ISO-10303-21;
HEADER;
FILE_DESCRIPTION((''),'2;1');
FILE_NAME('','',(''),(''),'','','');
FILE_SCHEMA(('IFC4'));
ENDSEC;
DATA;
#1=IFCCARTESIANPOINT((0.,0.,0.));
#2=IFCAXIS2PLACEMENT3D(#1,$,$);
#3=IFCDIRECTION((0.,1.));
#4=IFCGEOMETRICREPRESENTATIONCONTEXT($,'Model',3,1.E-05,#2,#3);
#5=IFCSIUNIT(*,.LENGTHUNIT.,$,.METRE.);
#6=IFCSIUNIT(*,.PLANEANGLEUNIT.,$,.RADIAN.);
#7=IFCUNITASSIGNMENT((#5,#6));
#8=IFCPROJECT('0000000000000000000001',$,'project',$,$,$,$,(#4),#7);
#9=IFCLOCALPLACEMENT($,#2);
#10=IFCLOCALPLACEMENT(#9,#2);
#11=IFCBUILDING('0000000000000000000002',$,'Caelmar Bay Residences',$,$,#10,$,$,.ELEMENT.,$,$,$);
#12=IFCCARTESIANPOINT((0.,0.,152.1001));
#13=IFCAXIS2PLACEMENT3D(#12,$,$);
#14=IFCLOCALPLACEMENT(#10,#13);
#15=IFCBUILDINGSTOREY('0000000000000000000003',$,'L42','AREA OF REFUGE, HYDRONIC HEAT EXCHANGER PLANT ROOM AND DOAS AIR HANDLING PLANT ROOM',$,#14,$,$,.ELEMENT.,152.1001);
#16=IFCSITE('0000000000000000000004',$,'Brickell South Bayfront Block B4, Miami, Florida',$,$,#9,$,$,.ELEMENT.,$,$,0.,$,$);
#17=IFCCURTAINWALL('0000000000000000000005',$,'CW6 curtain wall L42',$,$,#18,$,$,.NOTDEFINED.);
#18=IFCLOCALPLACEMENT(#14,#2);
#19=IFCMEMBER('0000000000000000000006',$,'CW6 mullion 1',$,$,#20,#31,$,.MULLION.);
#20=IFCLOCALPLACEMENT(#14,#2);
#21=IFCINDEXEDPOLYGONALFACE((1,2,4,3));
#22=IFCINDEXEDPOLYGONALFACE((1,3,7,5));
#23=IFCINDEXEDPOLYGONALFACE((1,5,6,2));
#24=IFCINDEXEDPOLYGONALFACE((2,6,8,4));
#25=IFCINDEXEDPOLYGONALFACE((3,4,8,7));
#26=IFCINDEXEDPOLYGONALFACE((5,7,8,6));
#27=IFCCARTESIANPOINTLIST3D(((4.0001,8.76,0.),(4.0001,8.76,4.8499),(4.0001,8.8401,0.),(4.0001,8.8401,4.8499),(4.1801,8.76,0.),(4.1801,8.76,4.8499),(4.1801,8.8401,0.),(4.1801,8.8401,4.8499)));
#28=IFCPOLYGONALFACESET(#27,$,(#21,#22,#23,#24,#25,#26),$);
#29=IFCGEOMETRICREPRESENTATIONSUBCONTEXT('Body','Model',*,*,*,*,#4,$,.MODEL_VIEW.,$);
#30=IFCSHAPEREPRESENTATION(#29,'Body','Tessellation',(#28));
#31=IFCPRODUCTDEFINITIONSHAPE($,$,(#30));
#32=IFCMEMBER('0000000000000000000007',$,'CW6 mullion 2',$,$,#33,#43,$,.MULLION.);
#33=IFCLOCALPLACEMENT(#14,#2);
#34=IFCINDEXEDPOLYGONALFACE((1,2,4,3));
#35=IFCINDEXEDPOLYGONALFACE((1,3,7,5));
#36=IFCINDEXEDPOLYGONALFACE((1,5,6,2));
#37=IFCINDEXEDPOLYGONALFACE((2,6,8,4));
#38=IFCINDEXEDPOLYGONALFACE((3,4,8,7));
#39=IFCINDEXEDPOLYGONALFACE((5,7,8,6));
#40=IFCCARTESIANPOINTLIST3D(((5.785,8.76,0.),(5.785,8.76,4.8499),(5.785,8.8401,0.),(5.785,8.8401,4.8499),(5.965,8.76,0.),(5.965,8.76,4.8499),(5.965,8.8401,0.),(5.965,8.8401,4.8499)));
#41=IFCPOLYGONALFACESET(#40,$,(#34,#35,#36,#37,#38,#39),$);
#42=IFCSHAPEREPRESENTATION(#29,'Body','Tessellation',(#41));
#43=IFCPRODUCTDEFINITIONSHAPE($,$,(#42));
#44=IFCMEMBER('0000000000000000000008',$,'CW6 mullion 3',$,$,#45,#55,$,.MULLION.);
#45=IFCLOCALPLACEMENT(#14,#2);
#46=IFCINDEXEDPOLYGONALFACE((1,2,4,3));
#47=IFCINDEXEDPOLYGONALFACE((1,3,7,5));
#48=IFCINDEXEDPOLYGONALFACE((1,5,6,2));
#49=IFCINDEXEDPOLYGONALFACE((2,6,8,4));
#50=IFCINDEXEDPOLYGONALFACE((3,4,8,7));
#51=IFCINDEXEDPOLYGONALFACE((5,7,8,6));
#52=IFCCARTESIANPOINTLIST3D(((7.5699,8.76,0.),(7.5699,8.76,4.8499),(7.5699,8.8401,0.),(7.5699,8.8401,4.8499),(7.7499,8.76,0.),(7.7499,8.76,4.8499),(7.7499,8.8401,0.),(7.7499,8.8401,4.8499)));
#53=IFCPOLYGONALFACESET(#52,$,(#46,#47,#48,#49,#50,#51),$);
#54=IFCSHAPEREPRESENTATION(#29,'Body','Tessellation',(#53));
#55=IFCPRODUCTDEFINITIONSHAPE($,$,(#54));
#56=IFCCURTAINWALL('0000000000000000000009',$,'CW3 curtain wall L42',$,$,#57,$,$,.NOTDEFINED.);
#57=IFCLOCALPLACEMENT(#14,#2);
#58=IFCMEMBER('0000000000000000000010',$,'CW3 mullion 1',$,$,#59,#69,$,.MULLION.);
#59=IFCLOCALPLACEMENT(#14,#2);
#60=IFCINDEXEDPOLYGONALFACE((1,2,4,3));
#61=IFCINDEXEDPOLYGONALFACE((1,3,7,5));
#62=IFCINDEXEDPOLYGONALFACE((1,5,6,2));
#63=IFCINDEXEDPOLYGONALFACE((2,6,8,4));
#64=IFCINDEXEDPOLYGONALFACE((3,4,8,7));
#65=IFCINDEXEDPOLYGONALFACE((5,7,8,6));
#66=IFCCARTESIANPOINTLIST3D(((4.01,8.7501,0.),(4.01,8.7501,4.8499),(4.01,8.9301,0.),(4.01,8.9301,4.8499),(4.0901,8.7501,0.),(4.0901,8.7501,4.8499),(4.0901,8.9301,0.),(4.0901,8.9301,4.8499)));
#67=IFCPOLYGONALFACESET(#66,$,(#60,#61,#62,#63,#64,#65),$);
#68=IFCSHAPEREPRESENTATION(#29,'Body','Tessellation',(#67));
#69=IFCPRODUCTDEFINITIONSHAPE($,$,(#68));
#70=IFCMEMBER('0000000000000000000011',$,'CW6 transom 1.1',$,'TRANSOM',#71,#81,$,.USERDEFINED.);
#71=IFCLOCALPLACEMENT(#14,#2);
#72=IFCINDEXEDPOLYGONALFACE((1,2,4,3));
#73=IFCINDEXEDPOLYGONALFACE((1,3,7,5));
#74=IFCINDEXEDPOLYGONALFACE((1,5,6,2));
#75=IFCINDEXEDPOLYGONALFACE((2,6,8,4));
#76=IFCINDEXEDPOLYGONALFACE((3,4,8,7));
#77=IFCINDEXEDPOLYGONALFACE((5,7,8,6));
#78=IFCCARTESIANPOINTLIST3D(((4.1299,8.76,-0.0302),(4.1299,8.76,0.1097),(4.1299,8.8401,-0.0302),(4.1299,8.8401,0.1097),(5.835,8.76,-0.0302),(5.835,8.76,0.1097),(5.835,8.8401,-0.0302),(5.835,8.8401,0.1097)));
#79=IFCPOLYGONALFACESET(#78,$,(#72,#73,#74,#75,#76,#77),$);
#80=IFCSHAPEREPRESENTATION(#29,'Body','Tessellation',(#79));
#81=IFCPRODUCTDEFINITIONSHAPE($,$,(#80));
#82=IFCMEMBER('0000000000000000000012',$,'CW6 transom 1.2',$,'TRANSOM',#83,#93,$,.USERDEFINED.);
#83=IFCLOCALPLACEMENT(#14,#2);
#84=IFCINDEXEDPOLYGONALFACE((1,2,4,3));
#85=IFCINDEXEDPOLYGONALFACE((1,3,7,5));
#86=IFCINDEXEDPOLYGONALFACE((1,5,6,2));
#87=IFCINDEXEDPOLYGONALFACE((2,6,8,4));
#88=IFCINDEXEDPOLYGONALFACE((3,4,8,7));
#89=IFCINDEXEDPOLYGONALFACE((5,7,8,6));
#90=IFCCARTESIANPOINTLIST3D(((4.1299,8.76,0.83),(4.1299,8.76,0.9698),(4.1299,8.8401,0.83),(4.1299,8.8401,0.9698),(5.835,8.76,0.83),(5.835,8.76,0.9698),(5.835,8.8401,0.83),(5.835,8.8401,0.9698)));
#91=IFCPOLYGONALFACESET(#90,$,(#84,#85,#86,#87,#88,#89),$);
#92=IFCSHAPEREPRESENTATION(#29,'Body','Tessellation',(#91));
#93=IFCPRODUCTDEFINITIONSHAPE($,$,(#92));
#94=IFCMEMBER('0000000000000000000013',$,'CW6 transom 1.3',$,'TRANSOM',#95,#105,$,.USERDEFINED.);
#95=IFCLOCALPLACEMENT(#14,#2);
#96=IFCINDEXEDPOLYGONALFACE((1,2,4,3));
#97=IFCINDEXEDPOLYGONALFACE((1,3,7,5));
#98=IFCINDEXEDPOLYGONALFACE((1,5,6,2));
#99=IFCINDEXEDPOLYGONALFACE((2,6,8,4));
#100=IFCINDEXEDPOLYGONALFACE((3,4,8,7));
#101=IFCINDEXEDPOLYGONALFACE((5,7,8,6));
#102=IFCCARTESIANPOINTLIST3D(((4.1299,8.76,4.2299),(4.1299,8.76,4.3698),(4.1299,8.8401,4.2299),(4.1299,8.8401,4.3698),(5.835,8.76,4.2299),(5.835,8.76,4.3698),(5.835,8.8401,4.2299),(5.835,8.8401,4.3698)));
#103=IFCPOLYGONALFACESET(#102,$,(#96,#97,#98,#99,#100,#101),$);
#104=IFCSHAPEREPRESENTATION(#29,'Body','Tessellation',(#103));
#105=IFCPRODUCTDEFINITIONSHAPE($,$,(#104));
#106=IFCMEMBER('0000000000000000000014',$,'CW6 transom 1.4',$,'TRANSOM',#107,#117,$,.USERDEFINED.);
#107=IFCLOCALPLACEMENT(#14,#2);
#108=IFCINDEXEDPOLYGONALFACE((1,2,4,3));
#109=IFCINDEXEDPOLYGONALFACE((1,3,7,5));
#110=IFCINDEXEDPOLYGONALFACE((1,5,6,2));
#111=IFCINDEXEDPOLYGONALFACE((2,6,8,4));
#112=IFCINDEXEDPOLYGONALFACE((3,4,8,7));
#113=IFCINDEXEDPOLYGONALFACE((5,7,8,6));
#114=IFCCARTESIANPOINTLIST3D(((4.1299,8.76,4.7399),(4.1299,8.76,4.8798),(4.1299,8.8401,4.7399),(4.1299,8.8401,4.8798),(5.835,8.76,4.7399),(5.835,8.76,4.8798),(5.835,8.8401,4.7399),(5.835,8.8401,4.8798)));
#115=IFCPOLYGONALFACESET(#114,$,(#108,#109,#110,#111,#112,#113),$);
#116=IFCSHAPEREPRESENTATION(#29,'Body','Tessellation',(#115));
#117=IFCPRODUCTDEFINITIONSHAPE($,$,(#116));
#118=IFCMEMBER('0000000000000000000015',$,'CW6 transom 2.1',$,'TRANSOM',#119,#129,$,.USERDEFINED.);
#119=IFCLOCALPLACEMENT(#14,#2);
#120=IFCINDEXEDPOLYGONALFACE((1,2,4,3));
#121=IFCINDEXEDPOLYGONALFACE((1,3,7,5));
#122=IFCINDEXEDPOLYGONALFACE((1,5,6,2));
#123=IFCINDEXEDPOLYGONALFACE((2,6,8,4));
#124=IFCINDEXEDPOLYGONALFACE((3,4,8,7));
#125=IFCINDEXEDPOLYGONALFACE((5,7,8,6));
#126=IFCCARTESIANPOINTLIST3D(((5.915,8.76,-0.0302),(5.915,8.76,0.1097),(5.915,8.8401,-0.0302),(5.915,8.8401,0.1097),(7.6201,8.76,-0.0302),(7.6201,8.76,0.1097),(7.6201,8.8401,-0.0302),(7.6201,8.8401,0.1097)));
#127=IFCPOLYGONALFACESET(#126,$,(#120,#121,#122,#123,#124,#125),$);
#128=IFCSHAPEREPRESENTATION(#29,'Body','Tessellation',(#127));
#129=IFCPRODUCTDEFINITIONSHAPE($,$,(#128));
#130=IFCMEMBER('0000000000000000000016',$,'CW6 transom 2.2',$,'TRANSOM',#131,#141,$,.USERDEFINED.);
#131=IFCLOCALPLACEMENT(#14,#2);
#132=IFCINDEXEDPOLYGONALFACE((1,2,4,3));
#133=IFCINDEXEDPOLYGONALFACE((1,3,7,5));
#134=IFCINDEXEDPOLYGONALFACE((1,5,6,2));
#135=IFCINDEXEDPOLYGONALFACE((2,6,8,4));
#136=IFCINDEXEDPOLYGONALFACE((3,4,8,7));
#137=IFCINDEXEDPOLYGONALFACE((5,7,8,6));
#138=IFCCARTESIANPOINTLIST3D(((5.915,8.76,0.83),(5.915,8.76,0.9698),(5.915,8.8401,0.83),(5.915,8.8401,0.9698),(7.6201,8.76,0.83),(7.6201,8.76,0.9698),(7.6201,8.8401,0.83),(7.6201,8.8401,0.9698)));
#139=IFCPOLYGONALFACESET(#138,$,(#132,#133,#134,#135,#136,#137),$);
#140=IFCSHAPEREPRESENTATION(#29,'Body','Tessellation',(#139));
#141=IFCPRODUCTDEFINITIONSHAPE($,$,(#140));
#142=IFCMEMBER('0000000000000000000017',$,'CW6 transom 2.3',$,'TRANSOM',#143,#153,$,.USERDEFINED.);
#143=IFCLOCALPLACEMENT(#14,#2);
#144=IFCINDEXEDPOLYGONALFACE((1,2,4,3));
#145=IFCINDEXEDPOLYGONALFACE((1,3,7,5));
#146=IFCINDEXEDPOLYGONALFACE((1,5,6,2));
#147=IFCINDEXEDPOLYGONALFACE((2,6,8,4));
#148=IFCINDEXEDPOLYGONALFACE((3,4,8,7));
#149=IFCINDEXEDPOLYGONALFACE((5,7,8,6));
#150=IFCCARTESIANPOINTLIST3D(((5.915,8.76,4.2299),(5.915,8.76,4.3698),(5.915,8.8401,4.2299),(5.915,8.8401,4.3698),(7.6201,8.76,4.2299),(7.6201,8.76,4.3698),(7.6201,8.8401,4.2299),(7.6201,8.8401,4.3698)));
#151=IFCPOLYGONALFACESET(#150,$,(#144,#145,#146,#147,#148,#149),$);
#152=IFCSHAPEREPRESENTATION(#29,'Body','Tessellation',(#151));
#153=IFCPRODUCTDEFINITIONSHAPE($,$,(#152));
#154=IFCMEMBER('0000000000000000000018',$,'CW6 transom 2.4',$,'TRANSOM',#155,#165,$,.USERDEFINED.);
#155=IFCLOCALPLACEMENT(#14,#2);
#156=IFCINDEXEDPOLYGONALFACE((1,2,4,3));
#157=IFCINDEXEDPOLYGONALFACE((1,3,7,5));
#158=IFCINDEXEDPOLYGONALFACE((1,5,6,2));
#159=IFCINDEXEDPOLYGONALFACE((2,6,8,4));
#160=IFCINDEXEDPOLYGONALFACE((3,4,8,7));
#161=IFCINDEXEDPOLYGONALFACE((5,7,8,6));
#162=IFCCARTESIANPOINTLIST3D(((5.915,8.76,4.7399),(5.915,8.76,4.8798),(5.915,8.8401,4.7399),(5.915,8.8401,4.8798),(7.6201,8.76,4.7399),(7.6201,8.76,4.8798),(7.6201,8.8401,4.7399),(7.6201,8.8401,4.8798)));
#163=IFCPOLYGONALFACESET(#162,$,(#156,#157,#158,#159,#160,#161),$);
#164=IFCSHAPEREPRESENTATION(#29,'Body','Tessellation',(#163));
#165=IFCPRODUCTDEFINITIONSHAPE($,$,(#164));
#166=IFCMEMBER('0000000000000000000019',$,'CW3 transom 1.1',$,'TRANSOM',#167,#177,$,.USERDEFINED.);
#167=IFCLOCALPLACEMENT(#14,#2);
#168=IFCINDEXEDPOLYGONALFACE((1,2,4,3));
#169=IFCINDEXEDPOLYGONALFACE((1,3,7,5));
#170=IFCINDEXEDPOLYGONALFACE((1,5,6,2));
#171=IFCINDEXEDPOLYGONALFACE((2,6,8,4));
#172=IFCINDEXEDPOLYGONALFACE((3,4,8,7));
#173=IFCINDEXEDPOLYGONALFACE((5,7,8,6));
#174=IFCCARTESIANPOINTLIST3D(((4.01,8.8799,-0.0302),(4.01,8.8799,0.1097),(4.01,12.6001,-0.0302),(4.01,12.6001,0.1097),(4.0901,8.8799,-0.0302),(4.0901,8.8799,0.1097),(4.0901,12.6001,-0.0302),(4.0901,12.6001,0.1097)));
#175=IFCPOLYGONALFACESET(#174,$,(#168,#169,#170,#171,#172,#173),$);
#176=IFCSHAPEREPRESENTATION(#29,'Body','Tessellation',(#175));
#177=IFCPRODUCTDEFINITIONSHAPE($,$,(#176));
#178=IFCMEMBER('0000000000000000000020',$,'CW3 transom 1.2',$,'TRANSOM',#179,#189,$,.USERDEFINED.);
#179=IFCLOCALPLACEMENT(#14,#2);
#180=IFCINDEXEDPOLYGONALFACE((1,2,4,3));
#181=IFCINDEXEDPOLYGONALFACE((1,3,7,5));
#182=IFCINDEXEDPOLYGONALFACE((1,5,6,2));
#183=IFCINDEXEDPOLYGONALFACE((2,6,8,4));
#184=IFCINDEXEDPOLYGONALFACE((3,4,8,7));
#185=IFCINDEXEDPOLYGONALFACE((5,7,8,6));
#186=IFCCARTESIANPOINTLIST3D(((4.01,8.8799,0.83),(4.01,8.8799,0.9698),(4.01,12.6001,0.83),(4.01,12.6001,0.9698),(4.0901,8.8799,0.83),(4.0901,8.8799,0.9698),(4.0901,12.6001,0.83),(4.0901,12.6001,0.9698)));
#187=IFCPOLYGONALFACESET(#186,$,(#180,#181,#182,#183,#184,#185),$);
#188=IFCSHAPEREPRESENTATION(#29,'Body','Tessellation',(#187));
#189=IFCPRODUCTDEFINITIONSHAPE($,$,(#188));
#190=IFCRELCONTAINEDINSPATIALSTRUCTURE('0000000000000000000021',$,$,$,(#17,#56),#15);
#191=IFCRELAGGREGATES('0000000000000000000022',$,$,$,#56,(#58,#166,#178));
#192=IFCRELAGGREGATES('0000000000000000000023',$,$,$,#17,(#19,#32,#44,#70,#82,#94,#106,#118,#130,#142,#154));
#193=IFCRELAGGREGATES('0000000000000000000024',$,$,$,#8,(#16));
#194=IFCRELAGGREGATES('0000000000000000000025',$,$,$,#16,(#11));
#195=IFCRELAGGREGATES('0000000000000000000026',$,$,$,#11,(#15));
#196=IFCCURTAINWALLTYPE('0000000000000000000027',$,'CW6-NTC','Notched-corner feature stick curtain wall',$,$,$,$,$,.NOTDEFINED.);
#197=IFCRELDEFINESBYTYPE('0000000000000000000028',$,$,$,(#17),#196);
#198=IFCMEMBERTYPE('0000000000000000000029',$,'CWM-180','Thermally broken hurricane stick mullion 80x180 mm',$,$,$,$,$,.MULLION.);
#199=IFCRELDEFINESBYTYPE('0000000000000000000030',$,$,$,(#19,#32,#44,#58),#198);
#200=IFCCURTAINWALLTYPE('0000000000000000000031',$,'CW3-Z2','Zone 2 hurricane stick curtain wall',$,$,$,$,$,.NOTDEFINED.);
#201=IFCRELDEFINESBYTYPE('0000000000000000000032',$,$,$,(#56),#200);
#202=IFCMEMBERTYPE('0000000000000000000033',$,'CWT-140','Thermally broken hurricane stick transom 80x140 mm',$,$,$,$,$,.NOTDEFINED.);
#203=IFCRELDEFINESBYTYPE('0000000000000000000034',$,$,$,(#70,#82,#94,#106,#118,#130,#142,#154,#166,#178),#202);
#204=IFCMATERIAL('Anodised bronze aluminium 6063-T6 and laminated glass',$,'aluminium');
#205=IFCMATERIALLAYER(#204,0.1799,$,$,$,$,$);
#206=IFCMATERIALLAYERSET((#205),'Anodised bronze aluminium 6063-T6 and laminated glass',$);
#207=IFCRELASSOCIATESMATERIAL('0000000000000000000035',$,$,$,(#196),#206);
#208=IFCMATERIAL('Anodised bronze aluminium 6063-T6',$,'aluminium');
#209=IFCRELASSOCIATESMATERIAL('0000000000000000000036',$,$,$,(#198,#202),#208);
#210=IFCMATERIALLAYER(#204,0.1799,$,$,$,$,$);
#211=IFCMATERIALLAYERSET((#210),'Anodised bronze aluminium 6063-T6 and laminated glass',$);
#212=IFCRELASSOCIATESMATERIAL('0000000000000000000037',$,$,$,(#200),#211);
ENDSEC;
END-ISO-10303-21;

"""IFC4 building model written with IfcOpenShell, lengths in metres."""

from ifc_helpers import new_model, si_unit, direction, frame, origin, origin_2d, place, context, subcontext, project, spatial, rectangle, extrude, material, layer, layer_set, material_profile, profile_set, type_object, element, aggregate, save


model = new_model("IFC4")

# Units and contexts
model_context = context("Model", 3, precision=1e-05, world=origin(), true_north=direction((0.0, 1.0)))
body_context = subcontext(model_context, "Body", "Model", "MODEL_VIEW")
ifc_project = project(units=[si_unit("LENGTHUNIT", "METRE"), si_unit("PLANEANGLEUNIT", "RADIAN")], contexts=[model_context])

# Site, building, storey
site_placement = place(None, origin())
site = spatial("IfcSite", under=ifc_project, at=site_placement, Name="Brickell South Bayfront Block B4, Miami, Florida", CompositionType="ELEMENT", RefElevation=0.0)
building_placement = place(site_placement, origin())
building = spatial("IfcBuilding", under=site, at=building_placement, Name="Caelmar Bay Residences", CompositionType="ELEMENT")
storey_placement = place(building_placement, frame((0.0, 0.0, 152.1001)))
storey = spatial("IfcBuildingStorey", under=building, at=storey_placement, Name="L42", Description="AREA OF REFUGE, HYDRONIC HEAT EXCHANGER PLANT ROOM AND DOAS AIR HANDLING PLANT ROOM", CompositionType="ELEMENT", Elevation=152.1001)

# Curtain wall, members
ifc_material_1 = material(Name="Anodised bronze aluminium 6063-T6 and laminated glass", Category="aluminium")
ifc_layer_1 = layer(ifc_material_1, 0.1799)
ifc_layer_set_1 = layer_set([ifc_layer_1], Name="Anodised bronze aluminium 6063-T6 and laminated glass")
curtain_wall_type_1 = type_object("IfcCurtainWallType", Name="CW6-NTC", Description="Notched-corner feature stick curtain wall", PredefinedType="NOTDEFINED", material=ifc_layer_set_1)
curtain_wall_1_placement = place(storey_placement, origin())
curtain_wall_1 = element("IfcCurtainWall", 1, at=curtain_wall_1_placement, inside=storey, type_object=curtain_wall_type_1, Name="CW6 curtain wall L42", PredefinedType="NOTDEFINED")
ifc_material_2 = material(Name="Anodised bronze aluminium 6063-T6", Category="aluminium")
ifc_material_profile_1 = material_profile(ifc_material_2, rectangle(XDim=0.0801, YDim=0.1799, at=origin_2d()), Name="CWM-80X180")
ifc_profile_set_1 = profile_set([ifc_material_profile_1], Name="Anodised bronze aluminium 6063-T6")
member_type_1 = type_object("IfcMemberType", Name="CWM-180", Description="Thermally broken hurricane stick mullion 80x180 mm", PredefinedType="MULLION", material=ifc_profile_set_1)
member_1_placement = place(storey_placement, frame((4.0901, 8.8, 0.0), z_axis=(0.0, 0.0, 1.0), x_axis=(0.0, 1.0, 0.0)))
member_1 = element("IfcMember", 2, at=member_1_placement, type_object=member_type_1, Name="CW6 mullion 1", PredefinedType="MULLION", context=body_context, shape_type="SweptSolid", body=[
    extrude(rectangle(XDim=0.0801, YDim=0.1799, at=origin_2d()), origin(), (0.0, 0.0, 1.0), 4.8499),
])
member_2_placement = place(storey_placement, frame((5.875, 8.8, 0.0), z_axis=(0.0, 0.0, 1.0), x_axis=(0.0, 1.0, 0.0)))
member_2 = element("IfcMember", 3, at=member_2_placement, type_object=member_type_1, Name="CW6 mullion 2", PredefinedType="MULLION", context=body_context, shape_type="SweptSolid", body=[
    extrude(rectangle(XDim=0.0801, YDim=0.1799, at=origin_2d()), origin(), (0.0, 0.0, 1.0), 4.8499),
])
member_3_placement = place(storey_placement, frame((7.6599, 8.8, 0.0), z_axis=(0.0, 0.0, 1.0), x_axis=(0.0, 1.0, 0.0)))
member_3 = element("IfcMember", 4, at=member_3_placement, type_object=member_type_1, Name="CW6 mullion 3", PredefinedType="MULLION", context=body_context, shape_type="SweptSolid", body=[
    extrude(rectangle(XDim=0.0801, YDim=0.1799, at=origin_2d()), origin(), (0.0, 0.0, 1.0), 4.8499),
])

# Curtain wall, member
ifc_layer_2 = layer(ifc_material_1, 0.1799)
ifc_layer_set_2 = layer_set([ifc_layer_2], Name="Anodised bronze aluminium 6063-T6 and laminated glass")
curtain_wall_type_2 = type_object("IfcCurtainWallType", Name="CW3-Z2", Description="Zone 2 hurricane stick curtain wall", PredefinedType="NOTDEFINED", material=ifc_layer_set_2)
curtain_wall_2_placement = place(storey_placement, origin())
curtain_wall_2 = element("IfcCurtainWall", 5, at=curtain_wall_2_placement, inside=storey, type_object=curtain_wall_type_2, Name="CW3 curtain wall L42", PredefinedType="NOTDEFINED")
member_4_placement = place(storey_placement, frame((4.05, 8.8401, 0.0), z_axis=(0.0, 0.0, 1.0), x_axis=(-1.0, 0.0, 0.0)))
member_4 = element("IfcMember", 6, at=member_4_placement, type_object=member_type_1, Name="CW3 mullion 1", PredefinedType="MULLION", context=body_context, shape_type="SweptSolid", body=[
    extrude(rectangle(XDim=0.0801, YDim=0.1799, at=origin_2d()), origin(), (0.0, 0.0, 1.0), 4.8499),
])

# Members
ifc_material_profile_2 = material_profile(ifc_material_2, rectangle(XDim=0.0801, YDim=0.1399, at=origin_2d()), Name="CWT-80X140")
ifc_profile_set_2 = profile_set([ifc_material_profile_2], Name="Anodised bronze aluminium 6063-T6")
member_type_2 = type_object("IfcMemberType", Name="CWT-140", Description="Thermally broken hurricane stick transom 80x140 mm", PredefinedType="NOTDEFINED", material=ifc_profile_set_2)
member_5_placement = place(storey_placement, frame((4.1299, 8.8, 0.0398), z_axis=(1.0, 0.0, 0.0), x_axis=(0.0, 1.0, 0.0)))
member_5 = element("IfcMember", 7, at=member_5_placement, type_object=member_type_2, Name="CW6 transom 1.1", ObjectType="TRANSOM", PredefinedType="USERDEFINED", context=body_context, shape_type="SweptSolid", body=[
    extrude(rectangle(XDim=0.0801, YDim=0.1399, at=origin_2d()), origin(), (0.0, 0.0, 1.0), 1.7051),
])
member_6_placement = place(storey_placement, frame((4.1299, 8.8, 0.8999), z_axis=(1.0, 0.0, 0.0), x_axis=(0.0, 1.0, 0.0)))
member_6 = element("IfcMember", 8, at=member_6_placement, type_object=member_type_2, Name="CW6 transom 1.2", ObjectType="TRANSOM", PredefinedType="USERDEFINED", context=body_context, shape_type="SweptSolid", body=[
    extrude(rectangle(XDim=0.0801, YDim=0.1399, at=origin_2d()), origin(), (0.0, 0.0, 1.0), 1.7051),
])
member_7_placement = place(storey_placement, frame((4.1299, 8.8, 4.2998), z_axis=(1.0, 0.0, 0.0), x_axis=(0.0, 1.0, 0.0)))
member_7 = element("IfcMember", 9, at=member_7_placement, type_object=member_type_2, Name="CW6 transom 1.3", ObjectType="TRANSOM", PredefinedType="USERDEFINED", context=body_context, shape_type="SweptSolid", body=[
    extrude(rectangle(XDim=0.0801, YDim=0.1399, at=origin_2d()), origin(), (0.0, 0.0, 1.0), 1.7051),
])
member_8_placement = place(storey_placement, frame((4.1299, 8.8, 4.8098), z_axis=(1.0, 0.0, 0.0), x_axis=(0.0, 1.0, 0.0)))
member_8 = element("IfcMember", 10, at=member_8_placement, type_object=member_type_2, Name="CW6 transom 1.4", ObjectType="TRANSOM", PredefinedType="USERDEFINED", context=body_context, shape_type="SweptSolid", body=[
    extrude(rectangle(XDim=0.0801, YDim=0.1399, at=origin_2d()), origin(), (0.0, 0.0, 1.0), 1.7051),
])
member_9_placement = place(storey_placement, frame((5.915, 8.8, 0.0398), z_axis=(1.0, 0.0, 0.0), x_axis=(0.0, 1.0, 0.0)))
member_9 = element("IfcMember", 11, at=member_9_placement, type_object=member_type_2, Name="CW6 transom 2.1", ObjectType="TRANSOM", PredefinedType="USERDEFINED", context=body_context, shape_type="SweptSolid", body=[
    extrude(rectangle(XDim=0.0801, YDim=0.1399, at=origin_2d()), origin(), (0.0, 0.0, 1.0), 1.7051),
])
member_10_placement = place(storey_placement, frame((5.915, 8.8, 0.8999), z_axis=(1.0, 0.0, 0.0), x_axis=(0.0, 1.0, 0.0)))
member_10 = element("IfcMember", 12, at=member_10_placement, type_object=member_type_2, Name="CW6 transom 2.2", ObjectType="TRANSOM", PredefinedType="USERDEFINED", context=body_context, shape_type="SweptSolid", body=[
    extrude(rectangle(XDim=0.0801, YDim=0.1399, at=origin_2d()), origin(), (0.0, 0.0, 1.0), 1.7051),
])
member_11_placement = place(storey_placement, frame((5.915, 8.8, 4.2998), z_axis=(1.0, 0.0, 0.0), x_axis=(0.0, 1.0, 0.0)))
member_11 = element("IfcMember", 13, at=member_11_placement, type_object=member_type_2, Name="CW6 transom 2.3", ObjectType="TRANSOM", PredefinedType="USERDEFINED", context=body_context, shape_type="SweptSolid", body=[
    extrude(rectangle(XDim=0.0801, YDim=0.1399, at=origin_2d()), origin(), (0.0, 0.0, 1.0), 1.7051),
])
member_12_placement = place(storey_placement, frame((5.915, 8.8, 4.8098), z_axis=(1.0, 0.0, 0.0), x_axis=(0.0, 1.0, 0.0)))
member_12 = element("IfcMember", 14, at=member_12_placement, type_object=member_type_2, Name="CW6 transom 2.4", ObjectType="TRANSOM", PredefinedType="USERDEFINED", context=body_context, shape_type="SweptSolid", body=[
    extrude(rectangle(XDim=0.0801, YDim=0.1399, at=origin_2d()), origin(), (0.0, 0.0, 1.0), 1.7051),
])
member_13_placement = place(storey_placement, frame((4.05, 8.8799, 0.0398), z_axis=(0.0, 1.0, 0.0), x_axis=(-1.0, 0.0, 0.0)))
member_13 = element("IfcMember", 15, at=member_13_placement, type_object=member_type_2, Name="CW3 transom 1.1", ObjectType="TRANSOM", PredefinedType="USERDEFINED", context=body_context, shape_type="SweptSolid", body=[
    extrude(rectangle(XDim=0.0801, YDim=0.1399, at=origin_2d()), origin(), (0.0, 0.0, 1.0), 3.7202),
])
member_14_placement = place(storey_placement, frame((4.05, 8.8799, 0.8999), z_axis=(0.0, 1.0, 0.0), x_axis=(-1.0, 0.0, 0.0)))
member_14 = element("IfcMember", 16, at=member_14_placement, type_object=member_type_2, Name="CW3 transom 1.2", ObjectType="TRANSOM", PredefinedType="USERDEFINED", context=body_context, shape_type="SweptSolid", body=[
    extrude(rectangle(XDim=0.0801, YDim=0.1399, at=origin_2d()), origin(), (0.0, 0.0, 1.0), 3.7202),
])
aggregate(curtain_wall_2, [member_4, member_13, member_14])

aggregate(curtain_wall_1, [member_1, member_2, member_3, member_5, member_6, member_7, member_8, member_9, member_10, member_11, member_12])

save(model, "model.ifc")
